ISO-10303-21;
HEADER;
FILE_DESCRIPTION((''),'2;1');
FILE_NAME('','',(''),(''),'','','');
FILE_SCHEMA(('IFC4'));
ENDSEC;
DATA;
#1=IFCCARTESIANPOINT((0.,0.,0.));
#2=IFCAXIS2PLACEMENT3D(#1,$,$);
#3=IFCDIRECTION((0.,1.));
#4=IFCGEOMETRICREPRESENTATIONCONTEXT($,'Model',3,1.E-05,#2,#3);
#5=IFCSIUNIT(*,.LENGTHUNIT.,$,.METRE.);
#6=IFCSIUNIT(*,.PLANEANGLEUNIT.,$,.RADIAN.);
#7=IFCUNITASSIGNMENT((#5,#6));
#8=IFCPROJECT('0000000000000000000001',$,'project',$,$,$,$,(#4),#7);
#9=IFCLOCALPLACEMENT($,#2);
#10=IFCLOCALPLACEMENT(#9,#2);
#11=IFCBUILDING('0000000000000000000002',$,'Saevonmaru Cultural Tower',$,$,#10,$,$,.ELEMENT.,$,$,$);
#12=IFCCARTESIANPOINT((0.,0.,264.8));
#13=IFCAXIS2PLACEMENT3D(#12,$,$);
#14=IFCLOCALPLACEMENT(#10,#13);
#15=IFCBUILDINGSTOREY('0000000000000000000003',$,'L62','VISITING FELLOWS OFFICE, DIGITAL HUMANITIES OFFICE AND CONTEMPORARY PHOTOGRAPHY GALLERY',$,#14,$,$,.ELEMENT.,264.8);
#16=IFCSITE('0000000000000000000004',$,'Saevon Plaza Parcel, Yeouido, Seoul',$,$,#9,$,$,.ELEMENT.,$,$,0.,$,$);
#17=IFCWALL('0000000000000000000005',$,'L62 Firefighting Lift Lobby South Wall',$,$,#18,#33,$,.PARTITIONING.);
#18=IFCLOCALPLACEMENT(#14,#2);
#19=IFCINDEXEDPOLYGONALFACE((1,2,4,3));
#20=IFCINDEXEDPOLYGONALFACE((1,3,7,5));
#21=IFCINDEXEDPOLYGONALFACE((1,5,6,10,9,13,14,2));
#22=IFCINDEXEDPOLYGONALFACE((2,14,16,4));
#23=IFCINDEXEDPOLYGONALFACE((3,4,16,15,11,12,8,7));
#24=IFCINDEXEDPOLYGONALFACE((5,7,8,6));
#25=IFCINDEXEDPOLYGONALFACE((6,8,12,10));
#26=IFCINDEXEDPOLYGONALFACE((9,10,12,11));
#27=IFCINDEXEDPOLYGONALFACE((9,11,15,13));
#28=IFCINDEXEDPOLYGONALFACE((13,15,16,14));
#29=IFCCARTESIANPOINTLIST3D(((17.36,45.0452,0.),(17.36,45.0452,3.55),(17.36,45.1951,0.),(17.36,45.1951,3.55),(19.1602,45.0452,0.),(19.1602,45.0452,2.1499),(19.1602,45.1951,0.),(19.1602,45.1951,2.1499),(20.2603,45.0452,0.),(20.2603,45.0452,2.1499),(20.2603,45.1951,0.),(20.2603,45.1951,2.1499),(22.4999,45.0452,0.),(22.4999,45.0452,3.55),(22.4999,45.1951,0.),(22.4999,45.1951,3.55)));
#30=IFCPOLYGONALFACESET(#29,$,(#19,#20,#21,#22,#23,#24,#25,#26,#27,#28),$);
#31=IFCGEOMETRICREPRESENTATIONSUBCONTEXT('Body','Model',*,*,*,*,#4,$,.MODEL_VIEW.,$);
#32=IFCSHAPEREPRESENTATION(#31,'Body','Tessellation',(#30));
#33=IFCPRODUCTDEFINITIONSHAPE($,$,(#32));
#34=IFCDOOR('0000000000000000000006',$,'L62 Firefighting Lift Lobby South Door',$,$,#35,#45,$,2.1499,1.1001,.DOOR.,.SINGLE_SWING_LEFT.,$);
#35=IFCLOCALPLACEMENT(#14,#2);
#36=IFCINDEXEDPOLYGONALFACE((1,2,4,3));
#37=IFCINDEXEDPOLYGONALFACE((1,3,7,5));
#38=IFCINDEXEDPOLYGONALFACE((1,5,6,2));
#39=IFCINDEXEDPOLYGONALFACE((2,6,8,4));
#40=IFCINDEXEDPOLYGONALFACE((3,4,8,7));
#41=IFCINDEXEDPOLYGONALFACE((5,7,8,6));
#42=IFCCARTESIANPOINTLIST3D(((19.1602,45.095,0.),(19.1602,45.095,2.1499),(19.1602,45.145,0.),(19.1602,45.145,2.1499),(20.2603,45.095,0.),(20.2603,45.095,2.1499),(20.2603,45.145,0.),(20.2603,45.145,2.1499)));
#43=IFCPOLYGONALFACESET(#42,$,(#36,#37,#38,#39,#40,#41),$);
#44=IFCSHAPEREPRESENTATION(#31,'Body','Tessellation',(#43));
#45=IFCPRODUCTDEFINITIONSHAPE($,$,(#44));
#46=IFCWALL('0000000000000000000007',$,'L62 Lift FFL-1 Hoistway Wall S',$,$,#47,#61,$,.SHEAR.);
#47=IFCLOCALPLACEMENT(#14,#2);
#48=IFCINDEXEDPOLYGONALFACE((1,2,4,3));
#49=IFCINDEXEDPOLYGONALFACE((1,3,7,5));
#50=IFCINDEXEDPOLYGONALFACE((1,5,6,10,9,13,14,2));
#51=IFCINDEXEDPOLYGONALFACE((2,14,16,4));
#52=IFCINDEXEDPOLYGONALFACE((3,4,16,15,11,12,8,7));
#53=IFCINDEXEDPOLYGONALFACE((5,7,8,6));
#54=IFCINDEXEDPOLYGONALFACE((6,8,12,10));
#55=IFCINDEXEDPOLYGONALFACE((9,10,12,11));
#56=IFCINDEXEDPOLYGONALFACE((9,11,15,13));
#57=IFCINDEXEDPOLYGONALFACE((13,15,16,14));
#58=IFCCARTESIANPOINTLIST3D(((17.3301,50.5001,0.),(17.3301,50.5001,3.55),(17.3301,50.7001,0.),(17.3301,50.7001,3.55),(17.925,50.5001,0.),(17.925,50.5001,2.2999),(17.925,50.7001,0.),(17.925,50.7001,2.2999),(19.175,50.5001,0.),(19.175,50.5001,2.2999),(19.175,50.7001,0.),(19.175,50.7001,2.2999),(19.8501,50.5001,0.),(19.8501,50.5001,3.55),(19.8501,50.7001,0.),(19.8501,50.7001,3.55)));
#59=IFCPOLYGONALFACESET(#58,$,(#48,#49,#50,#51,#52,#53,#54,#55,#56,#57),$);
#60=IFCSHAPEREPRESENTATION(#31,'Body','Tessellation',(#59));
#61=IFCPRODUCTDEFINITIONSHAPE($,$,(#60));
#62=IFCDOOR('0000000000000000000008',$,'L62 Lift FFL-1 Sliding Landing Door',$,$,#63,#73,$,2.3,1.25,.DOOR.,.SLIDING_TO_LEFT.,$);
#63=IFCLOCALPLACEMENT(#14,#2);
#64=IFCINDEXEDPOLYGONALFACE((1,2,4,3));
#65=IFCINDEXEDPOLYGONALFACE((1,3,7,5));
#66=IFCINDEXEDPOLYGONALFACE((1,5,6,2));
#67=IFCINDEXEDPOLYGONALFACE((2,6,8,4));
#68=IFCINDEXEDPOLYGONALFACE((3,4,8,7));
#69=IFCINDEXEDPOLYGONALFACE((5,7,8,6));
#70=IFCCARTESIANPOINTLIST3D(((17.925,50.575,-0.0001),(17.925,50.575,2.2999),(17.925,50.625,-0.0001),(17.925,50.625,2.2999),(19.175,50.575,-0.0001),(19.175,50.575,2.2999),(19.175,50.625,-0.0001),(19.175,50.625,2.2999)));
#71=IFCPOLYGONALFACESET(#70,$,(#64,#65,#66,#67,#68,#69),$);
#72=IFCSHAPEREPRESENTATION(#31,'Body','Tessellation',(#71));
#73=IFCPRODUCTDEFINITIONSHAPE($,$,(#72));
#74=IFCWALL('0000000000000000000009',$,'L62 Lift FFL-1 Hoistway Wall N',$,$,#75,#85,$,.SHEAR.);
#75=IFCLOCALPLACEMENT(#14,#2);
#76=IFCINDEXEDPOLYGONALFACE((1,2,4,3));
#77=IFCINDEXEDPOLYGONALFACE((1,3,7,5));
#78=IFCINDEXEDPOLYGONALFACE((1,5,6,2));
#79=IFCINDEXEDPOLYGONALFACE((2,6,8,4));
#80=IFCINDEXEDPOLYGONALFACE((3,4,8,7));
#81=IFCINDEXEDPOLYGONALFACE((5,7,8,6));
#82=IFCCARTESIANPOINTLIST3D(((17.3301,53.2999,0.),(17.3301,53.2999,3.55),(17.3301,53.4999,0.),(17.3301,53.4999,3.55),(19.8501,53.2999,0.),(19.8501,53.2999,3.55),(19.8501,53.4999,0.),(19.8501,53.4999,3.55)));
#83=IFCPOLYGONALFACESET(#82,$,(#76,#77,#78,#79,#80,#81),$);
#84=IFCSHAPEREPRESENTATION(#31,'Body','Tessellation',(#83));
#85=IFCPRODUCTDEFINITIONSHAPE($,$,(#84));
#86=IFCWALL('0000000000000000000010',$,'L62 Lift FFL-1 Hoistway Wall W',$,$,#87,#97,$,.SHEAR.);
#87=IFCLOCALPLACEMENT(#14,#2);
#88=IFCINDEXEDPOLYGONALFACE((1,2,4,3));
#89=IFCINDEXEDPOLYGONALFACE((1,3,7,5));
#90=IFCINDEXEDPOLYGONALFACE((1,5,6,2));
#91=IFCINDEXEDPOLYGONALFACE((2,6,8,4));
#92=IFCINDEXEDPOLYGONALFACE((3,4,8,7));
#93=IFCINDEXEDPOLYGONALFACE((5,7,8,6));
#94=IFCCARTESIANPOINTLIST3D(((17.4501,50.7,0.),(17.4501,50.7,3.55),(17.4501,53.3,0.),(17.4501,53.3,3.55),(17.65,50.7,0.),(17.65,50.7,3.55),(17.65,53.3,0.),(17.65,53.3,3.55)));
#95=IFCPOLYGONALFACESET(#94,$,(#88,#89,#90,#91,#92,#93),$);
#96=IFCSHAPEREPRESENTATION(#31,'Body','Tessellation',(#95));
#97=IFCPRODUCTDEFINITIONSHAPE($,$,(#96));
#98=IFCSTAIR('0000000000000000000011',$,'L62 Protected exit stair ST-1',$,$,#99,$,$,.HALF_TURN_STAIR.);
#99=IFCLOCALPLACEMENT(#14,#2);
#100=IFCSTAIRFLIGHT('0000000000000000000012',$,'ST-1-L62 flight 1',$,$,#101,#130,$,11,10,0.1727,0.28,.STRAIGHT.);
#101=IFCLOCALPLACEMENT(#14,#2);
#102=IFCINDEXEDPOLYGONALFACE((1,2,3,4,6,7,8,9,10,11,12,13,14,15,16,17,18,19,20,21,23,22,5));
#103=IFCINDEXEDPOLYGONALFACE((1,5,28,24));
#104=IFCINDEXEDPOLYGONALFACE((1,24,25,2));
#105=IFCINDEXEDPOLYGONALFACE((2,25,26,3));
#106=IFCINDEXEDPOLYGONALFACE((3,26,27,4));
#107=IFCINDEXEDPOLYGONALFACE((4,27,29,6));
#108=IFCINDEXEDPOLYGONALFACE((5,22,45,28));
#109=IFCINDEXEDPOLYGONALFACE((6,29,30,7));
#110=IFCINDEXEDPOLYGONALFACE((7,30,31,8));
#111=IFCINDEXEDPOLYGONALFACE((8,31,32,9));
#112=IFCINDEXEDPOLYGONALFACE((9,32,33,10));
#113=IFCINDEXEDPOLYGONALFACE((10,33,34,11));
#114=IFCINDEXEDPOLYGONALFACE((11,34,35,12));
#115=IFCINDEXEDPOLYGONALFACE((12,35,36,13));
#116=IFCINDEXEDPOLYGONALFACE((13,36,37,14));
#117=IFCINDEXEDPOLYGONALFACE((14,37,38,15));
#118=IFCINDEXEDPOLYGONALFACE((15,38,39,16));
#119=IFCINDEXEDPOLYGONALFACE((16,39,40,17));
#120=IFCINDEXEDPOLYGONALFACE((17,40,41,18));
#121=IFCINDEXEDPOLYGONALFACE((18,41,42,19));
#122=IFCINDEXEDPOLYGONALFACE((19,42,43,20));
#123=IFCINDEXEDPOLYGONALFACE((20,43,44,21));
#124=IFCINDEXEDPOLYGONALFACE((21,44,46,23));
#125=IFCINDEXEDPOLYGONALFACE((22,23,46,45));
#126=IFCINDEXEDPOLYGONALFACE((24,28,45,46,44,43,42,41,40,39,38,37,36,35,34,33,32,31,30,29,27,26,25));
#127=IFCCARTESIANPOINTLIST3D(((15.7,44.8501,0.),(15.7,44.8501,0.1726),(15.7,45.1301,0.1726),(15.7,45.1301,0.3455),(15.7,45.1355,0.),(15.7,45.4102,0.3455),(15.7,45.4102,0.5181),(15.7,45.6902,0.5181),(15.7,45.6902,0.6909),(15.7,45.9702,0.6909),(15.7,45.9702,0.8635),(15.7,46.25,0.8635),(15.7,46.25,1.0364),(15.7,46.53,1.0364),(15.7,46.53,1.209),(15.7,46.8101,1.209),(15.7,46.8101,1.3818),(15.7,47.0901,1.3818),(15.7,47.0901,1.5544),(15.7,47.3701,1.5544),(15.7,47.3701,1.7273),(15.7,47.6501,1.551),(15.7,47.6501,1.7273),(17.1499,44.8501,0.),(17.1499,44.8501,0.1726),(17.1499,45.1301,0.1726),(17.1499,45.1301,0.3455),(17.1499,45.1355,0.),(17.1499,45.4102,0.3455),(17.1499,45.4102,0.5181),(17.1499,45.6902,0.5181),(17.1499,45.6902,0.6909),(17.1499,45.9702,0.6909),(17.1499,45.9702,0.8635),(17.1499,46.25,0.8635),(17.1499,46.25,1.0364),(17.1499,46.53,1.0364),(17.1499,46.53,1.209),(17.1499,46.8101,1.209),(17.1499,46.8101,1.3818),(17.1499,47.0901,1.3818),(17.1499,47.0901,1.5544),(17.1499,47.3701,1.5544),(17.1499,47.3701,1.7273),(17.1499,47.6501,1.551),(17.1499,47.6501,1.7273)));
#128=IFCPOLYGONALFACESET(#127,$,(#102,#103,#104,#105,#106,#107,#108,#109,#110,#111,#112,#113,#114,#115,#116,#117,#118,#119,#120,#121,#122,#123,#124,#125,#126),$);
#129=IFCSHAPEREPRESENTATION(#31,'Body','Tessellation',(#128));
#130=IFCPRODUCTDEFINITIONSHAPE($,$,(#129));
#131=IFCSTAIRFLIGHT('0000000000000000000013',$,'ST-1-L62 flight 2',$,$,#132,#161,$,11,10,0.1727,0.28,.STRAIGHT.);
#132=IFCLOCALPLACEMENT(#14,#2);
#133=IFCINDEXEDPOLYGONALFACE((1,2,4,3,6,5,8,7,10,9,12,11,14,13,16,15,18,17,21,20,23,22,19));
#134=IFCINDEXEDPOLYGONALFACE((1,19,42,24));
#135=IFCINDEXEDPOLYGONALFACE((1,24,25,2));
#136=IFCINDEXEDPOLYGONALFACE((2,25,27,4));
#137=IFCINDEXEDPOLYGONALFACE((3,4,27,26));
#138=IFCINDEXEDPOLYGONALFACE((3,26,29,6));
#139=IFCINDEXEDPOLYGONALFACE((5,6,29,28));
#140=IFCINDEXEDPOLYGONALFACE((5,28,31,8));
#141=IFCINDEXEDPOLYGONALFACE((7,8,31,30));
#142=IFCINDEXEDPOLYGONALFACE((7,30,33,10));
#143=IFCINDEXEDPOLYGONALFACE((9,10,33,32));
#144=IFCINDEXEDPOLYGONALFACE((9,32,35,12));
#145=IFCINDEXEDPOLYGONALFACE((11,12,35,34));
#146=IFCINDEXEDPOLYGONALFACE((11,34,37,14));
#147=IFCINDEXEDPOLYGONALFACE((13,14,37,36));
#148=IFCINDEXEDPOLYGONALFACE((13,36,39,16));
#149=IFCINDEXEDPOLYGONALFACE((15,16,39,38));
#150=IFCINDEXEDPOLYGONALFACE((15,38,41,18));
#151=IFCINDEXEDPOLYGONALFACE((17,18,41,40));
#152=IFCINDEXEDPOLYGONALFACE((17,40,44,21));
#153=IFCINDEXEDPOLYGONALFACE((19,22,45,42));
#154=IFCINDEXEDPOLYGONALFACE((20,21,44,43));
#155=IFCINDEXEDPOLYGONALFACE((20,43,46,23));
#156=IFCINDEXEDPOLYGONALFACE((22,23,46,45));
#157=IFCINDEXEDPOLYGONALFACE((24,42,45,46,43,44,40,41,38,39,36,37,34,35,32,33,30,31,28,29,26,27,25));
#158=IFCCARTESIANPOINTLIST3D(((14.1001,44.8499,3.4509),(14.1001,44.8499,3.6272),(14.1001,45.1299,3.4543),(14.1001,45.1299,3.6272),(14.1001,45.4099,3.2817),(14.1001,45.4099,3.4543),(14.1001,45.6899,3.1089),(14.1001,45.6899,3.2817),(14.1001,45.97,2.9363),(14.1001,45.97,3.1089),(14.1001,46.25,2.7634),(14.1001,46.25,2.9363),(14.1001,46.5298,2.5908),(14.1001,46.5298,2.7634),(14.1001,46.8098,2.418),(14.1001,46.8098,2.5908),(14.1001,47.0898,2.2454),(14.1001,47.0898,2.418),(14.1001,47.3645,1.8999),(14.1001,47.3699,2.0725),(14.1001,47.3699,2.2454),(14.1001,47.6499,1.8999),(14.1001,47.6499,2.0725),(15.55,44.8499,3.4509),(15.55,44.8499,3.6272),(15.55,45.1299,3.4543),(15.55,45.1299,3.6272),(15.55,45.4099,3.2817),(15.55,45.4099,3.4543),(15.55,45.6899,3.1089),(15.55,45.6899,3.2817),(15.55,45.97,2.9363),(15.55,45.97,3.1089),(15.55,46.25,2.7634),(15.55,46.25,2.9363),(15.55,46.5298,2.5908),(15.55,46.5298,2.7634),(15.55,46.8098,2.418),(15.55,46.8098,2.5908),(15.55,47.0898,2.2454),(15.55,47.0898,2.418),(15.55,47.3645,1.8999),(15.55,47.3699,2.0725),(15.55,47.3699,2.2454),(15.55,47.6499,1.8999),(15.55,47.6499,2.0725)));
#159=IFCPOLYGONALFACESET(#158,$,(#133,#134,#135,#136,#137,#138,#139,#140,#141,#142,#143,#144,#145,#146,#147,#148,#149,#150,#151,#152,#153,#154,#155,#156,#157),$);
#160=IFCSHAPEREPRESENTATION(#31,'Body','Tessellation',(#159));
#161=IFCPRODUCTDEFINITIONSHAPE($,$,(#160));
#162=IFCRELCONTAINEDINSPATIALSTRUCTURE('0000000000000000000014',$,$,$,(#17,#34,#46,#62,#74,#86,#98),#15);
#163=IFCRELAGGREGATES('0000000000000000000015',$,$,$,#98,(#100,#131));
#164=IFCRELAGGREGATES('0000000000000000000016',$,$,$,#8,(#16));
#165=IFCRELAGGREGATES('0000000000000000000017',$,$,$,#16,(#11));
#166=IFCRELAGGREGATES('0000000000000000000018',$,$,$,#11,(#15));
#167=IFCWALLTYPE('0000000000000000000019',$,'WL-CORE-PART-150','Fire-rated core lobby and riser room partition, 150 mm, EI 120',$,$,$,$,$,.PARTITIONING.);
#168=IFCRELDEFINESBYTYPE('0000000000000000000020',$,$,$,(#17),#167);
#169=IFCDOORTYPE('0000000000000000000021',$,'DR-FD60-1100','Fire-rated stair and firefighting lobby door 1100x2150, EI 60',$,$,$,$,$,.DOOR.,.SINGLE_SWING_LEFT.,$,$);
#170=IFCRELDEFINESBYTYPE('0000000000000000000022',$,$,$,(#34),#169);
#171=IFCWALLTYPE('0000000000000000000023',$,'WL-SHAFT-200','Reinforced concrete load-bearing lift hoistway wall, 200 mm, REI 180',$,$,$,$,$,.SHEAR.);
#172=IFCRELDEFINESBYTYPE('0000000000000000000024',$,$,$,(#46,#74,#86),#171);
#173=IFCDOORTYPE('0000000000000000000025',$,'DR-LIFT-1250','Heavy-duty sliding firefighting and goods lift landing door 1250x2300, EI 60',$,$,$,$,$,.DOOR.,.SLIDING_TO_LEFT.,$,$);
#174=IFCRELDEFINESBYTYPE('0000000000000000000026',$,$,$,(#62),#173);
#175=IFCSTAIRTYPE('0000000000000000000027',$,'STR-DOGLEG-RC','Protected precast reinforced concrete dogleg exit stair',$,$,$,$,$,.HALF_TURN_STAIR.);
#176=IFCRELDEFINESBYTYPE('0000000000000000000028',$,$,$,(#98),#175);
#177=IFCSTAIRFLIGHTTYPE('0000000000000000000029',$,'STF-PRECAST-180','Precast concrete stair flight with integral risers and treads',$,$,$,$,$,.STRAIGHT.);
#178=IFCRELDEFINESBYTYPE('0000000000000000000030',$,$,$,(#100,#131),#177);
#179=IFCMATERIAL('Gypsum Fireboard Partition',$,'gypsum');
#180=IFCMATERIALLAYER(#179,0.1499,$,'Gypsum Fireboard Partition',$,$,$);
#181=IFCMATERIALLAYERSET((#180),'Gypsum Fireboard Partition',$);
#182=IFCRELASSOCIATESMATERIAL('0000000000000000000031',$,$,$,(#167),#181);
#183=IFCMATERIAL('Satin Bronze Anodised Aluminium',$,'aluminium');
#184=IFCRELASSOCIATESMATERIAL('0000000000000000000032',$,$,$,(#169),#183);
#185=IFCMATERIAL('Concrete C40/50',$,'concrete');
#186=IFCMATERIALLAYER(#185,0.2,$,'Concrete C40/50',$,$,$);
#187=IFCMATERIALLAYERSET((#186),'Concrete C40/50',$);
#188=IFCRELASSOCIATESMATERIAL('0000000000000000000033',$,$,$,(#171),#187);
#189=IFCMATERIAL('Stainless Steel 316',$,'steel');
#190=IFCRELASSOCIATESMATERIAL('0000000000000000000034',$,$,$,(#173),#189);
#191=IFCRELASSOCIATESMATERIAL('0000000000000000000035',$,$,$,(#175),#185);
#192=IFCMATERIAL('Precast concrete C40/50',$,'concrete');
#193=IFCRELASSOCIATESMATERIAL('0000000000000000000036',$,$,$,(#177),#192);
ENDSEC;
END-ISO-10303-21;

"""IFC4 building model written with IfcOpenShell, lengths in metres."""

from ifc_helpers import new_model, si_unit, direction, frame, frame_2d, origin, place, context, subcontext, project, spatial, polyline, rectangle, outline, extrude, material, layer, layer_set, type_object, element, fill, aggregate, save


model = new_model("IFC4")

# Units and contexts
model_context = context("Model", 3, precision=1e-05, world=origin(), true_north=direction((0.0, 1.0)))
body_context = subcontext(model_context, "Body", "Model", "MODEL_VIEW")
ifc_project = project(units=[si_unit("LENGTHUNIT", "METRE"), si_unit("PLANEANGLEUNIT", "RADIAN")], contexts=[model_context])

# Site, building, storey
site_placement = place(None, origin())
site = spatial("IfcSite", under=ifc_project, at=site_placement, Name="Saevon Plaza Parcel, Yeouido, Seoul", CompositionType="ELEMENT", RefElevation=0.0)
building_placement = place(site_placement, origin())
building = spatial("IfcBuilding", under=site, at=building_placement, Name="Saevonmaru Cultural Tower", CompositionType="ELEMENT")
storey_placement = place(building_placement, frame((0.0, 0.0, 264.8)))
storey = spatial("IfcBuildingStorey", under=building, at=storey_placement, Name="L62", Description="VISITING FELLOWS OFFICE, DIGITAL HUMANITIES OFFICE AND CONTEMPORARY PHOTOGRAPHY GALLERY", CompositionType="ELEMENT", Elevation=264.8)

# Shared definitions
ifc_material_1 = material(Name="Satin Bronze Anodised Aluminium", Category="aluminium")

# Walls, openings, doors
ifc_material_2 = material(Name="Gypsum Fireboard Partition", Category="gypsum")
ifc_layer_1 = layer(ifc_material_2, 0.1499, Name="Gypsum Fireboard Partition")
ifc_layer_set_1 = layer_set([ifc_layer_1], Name="Gypsum Fireboard Partition")
wall_type_1 = type_object("IfcWallType", Name="WL-CORE-PART-150", Description="Fire-rated core lobby and riser room partition, 150 mm, EI 120", PredefinedType="PARTITIONING", material=ifc_layer_set_1)
wall_1_placement = place(storey_placement, frame((17.3601, 45.1201, 0.0), z_axis=(0.0, 0.0, 1.0), x_axis=(1.0, 0.0, 0.0)))
wall_1 = element("IfcWall", 1, at=wall_1_placement, inside=storey, type_object=wall_type_1, Name="L62 Firefighting Lift Lobby South Wall", PredefinedType="PARTITIONING", context=body_context, shape_type="SweptSolid", body=[
    extrude(rectangle(XDim=5.1399, YDim=0.1499, at=frame_2d((2.5698, 0.0))), origin(), (0.0, 0.0, 1.0), 3.55),
])
opening_1_placement = place(wall_1_placement, frame((1.8, 0.0, 0.0)))
opening_1 = element("IfcOpeningElement", 2, at=opening_1_placement, cuts=wall_1, PredefinedType="OPENING", context=body_context, shape_type="SweptSolid", body=[
    extrude(rectangle(XDim=1.1001, YDim=2.1499, at=frame_2d((0.55, 1.075))), frame((0.0, 0.085, 0.0), z_axis=(0.0, -1.0, 0.0), x_axis=(1.0, 0.0, 0.0)), (0.0, 0.0, 1.0), 0.1699),
])
door_type_1 = type_object("IfcDoorType", Name="DR-FD60-1100", Description="Fire-rated stair and firefighting lobby door 1100x2150, EI 60", OperationType="SINGLE_SWING_LEFT", PredefinedType="DOOR", material=ifc_material_1)
door_1_placement = place(opening_1_placement, origin())
door_1 = element("IfcDoor", 3, at=door_1_placement, inside=storey, type_object=door_type_1, Name="L62 Firefighting Lift Lobby South Door", OperationType="SINGLE_SWING_LEFT", OverallHeight=2.1499, OverallWidth=1.1001, PredefinedType="DOOR", context=body_context, shape_type="SweptSolid", body=[
    extrude(rectangle(XDim=1.1001, YDim=2.1499, at=frame_2d((0.55, 1.075))), frame((0.0, 0.0249, 0.0), z_axis=(0.0, -1.0, 0.0), x_axis=(1.0, 0.0, 0.0)), (0.0, 0.0, 1.0), 0.05),
])
fill(opening_1, door_1)
ifc_material_3 = material(Name="Concrete C40/50", Category="concrete")
ifc_layer_2 = layer(ifc_material_3, 0.2, Name="Concrete C40/50")
ifc_layer_set_2 = layer_set([ifc_layer_2], Name="Concrete C40/50")
wall_type_2 = type_object("IfcWallType", Name="WL-SHAFT-200", Description="Reinforced concrete load-bearing lift hoistway wall, 200 mm, REI 180", PredefinedType="SHEAR", material=ifc_layer_set_2)
wall_2_placement = place(storey_placement, frame((17.3301, 50.6001, 0.0), z_axis=(0.0, 0.0, 1.0), x_axis=(1.0, 0.0, 0.0)))
wall_2 = element("IfcWall", 4, at=wall_2_placement, inside=storey, type_object=wall_type_2, Name="L62 Lift FFL-1 Hoistway Wall S", PredefinedType="SHEAR", context=body_context, shape_type="SweptSolid", body=[
    extrude(rectangle(XDim=2.52, YDim=0.2, at=frame_2d((1.26, 0.0))), origin(), (0.0, 0.0, 1.0), 3.55),
])
opening_2_placement = place(wall_2_placement, frame((0.595, 0.0, 0.0)))
opening_2 = element("IfcOpeningElement", 5, at=opening_2_placement, cuts=wall_2, PredefinedType="OPENING", context=body_context, shape_type="SweptSolid", body=[
    extrude(rectangle(XDim=1.25, YDim=2.3, at=frame_2d((0.625, 1.1499))), frame((0.0, 0.1099, 0.0), z_axis=(0.0, -1.0, 0.0), x_axis=(1.0, 0.0, 0.0)), (0.0, 0.0, 1.0), 0.22),
])
ifc_material_4 = material(Name="Stainless Steel 316", Category="steel")
door_type_2 = type_object("IfcDoorType", Name="DR-LIFT-1250", Description="Heavy-duty sliding firefighting and goods lift landing door 1250x2300, EI 60", OperationType="SLIDING_TO_LEFT", PredefinedType="DOOR", material=ifc_material_4)
door_2_placement = place(opening_2_placement, origin())
door_2 = element("IfcDoor", 6, at=door_2_placement, inside=storey, type_object=door_type_2, Name="L62 Lift FFL-1 Sliding Landing Door", OperationType="SLIDING_TO_LEFT", OverallHeight=2.3, OverallWidth=1.25, PredefinedType="DOOR", context=body_context, shape_type="SweptSolid", body=[
    extrude(rectangle(XDim=1.25, YDim=2.3, at=frame_2d((0.625, 1.1499))), frame((0.0, 0.0249, 0.0), z_axis=(0.0, -1.0, 0.0), x_axis=(1.0, 0.0, 0.0)), (0.0, 0.0, 1.0), 0.05),
])
fill(opening_2, door_2)

# Walls
wall_3_placement = place(storey_placement, frame((17.3301, 53.3999, 0.0), z_axis=(0.0, 0.0, 1.0), x_axis=(1.0, 0.0, 0.0)))
element("IfcWall", 7, at=wall_3_placement, inside=storey, type_object=wall_type_2, Name="L62 Lift FFL-1 Hoistway Wall N", PredefinedType="SHEAR", context=body_context, shape_type="SweptSolid", body=[
    extrude(rectangle(XDim=2.52, YDim=0.2, at=frame_2d((1.26, 0.0))), origin(), (0.0, 0.0, 1.0), 3.55),
])
wall_4_placement = place(storey_placement, frame((17.55, 50.7, 0.0), z_axis=(0.0, 0.0, 1.0), x_axis=(0.0, 1.0, 0.0)))
element("IfcWall", 8, at=wall_4_placement, inside=storey, type_object=wall_type_2, Name="L62 Lift FFL-1 Hoistway Wall W", PredefinedType="SHEAR", context=body_context, shape_type="SweptSolid", body=[
    extrude(rectangle(XDim=2.6001, YDim=0.2, at=frame_2d((1.3, 0.0))), origin(), (0.0, 0.0, 1.0), 3.55),
])

# Stair, stair flights
stair_type = type_object("IfcStairType", Name="STR-DOGLEG-RC", Description="Protected precast reinforced concrete dogleg exit stair", PredefinedType="HALF_TURN_STAIR", material=ifc_material_3)
stair_placement = place(storey_placement, origin())
stair = element("IfcStair", 9, at=stair_placement, inside=storey, type_object=stair_type, Name="L62 Protected exit stair ST-1", PredefinedType="HALF_TURN_STAIR")
ifc_material_5 = material(Name="Precast concrete C40/50", Category="concrete")
stair_flight_type = type_object("IfcStairFlightType", Name="STF-PRECAST-180", Description="Precast concrete stair flight with integral risers and treads", PredefinedType="STRAIGHT", material=ifc_material_5)
stair_flight_1_placement = place(storey_placement, frame((16.425, 44.8501, 0.0), z_axis=(0.0, 0.0, 1.0), x_axis=(0.0, 1.0, 0.0)))
stair_flight_1 = element("IfcStairFlight", 10, at=stair_flight_1_placement, type_object=stair_flight_type, Name="ST-1-L62 flight 1", NumberOfRisers=11, NumberOfTreads=10, PredefinedType="STRAIGHT", RiserHeight=0.1727, TreadLength=0.28, context=body_context, shape_type="SweptSolid", body=[
    extrude(outline(polyline([(0.0, 0.0), (0.0, 0.1726), (0.28, 0.1726), (0.28, 0.3455), (0.5601, 0.3455), (0.5601, 0.5181), (0.8401, 0.5181), (0.8401, 0.6909), (1.1201, 0.6909), (1.1201, 0.8635), (1.3999, 0.8635), (1.3999, 1.0364), (1.6799, 1.0364), (1.6799, 1.209), (1.96, 1.209), (1.96, 1.3818), (2.24, 1.3818), (2.24, 1.5544), (2.52, 1.5544), (2.52, 1.7273), (2.8, 1.7273), (2.8, 1.8999), (2.8, 1.551), (0.2854, 0.0), (0.0, 0.0)])), frame((0.0, 0.7251, 0.0), z_axis=(0.0, -1.0, 0.0), x_axis=(1.0, 0.0, 0.0)), (0.0, 0.0, 1.0), 1.45),
])
stair_flight_2_placement = place(storey_placement, frame((14.825, 47.6499, 1.8999), z_axis=(0.0, 0.0, 1.0), x_axis=(0.0, -1.0, 0.0)))
stair_flight_2 = element("IfcStairFlight", 11, at=stair_flight_2_placement, type_object=stair_flight_type, Name="ST-1-L62 flight 2", NumberOfRisers=11, NumberOfTreads=10, PredefinedType="STRAIGHT", RiserHeight=0.1727, TreadLength=0.28, context=body_context, shape_type="SweptSolid", body=[
    extrude(outline(polyline([(0.0, 0.0), (0.0, 0.1726), (0.28, 0.1726), (0.28, 0.3455), (0.5601, 0.3455), (0.5601, 0.5181), (0.8401, 0.5181), (0.8401, 0.6909), (1.1201, 0.6909), (1.1201, 0.8635), (1.3999, 0.8635), (1.3999, 1.0364), (1.6799, 1.0364), (1.6799, 1.209), (1.96, 1.209), (1.96, 1.3818), (2.24, 1.3818), (2.24, 1.5544), (2.52, 1.5544), (2.52, 1.7273), (2.8, 1.7273), (2.8, 1.8999), (2.8, 1.551), (0.2854, 0.0), (0.0, 0.0)])), frame((0.0, 0.7251, 0.0), z_axis=(0.0, -1.0, 0.0), x_axis=(1.0, 0.0, 0.0)), (0.0, 0.0, 1.0), 1.45),
])
aggregate(stair, [stair_flight_1, stair_flight_2])

save(model, "model.ifc")
